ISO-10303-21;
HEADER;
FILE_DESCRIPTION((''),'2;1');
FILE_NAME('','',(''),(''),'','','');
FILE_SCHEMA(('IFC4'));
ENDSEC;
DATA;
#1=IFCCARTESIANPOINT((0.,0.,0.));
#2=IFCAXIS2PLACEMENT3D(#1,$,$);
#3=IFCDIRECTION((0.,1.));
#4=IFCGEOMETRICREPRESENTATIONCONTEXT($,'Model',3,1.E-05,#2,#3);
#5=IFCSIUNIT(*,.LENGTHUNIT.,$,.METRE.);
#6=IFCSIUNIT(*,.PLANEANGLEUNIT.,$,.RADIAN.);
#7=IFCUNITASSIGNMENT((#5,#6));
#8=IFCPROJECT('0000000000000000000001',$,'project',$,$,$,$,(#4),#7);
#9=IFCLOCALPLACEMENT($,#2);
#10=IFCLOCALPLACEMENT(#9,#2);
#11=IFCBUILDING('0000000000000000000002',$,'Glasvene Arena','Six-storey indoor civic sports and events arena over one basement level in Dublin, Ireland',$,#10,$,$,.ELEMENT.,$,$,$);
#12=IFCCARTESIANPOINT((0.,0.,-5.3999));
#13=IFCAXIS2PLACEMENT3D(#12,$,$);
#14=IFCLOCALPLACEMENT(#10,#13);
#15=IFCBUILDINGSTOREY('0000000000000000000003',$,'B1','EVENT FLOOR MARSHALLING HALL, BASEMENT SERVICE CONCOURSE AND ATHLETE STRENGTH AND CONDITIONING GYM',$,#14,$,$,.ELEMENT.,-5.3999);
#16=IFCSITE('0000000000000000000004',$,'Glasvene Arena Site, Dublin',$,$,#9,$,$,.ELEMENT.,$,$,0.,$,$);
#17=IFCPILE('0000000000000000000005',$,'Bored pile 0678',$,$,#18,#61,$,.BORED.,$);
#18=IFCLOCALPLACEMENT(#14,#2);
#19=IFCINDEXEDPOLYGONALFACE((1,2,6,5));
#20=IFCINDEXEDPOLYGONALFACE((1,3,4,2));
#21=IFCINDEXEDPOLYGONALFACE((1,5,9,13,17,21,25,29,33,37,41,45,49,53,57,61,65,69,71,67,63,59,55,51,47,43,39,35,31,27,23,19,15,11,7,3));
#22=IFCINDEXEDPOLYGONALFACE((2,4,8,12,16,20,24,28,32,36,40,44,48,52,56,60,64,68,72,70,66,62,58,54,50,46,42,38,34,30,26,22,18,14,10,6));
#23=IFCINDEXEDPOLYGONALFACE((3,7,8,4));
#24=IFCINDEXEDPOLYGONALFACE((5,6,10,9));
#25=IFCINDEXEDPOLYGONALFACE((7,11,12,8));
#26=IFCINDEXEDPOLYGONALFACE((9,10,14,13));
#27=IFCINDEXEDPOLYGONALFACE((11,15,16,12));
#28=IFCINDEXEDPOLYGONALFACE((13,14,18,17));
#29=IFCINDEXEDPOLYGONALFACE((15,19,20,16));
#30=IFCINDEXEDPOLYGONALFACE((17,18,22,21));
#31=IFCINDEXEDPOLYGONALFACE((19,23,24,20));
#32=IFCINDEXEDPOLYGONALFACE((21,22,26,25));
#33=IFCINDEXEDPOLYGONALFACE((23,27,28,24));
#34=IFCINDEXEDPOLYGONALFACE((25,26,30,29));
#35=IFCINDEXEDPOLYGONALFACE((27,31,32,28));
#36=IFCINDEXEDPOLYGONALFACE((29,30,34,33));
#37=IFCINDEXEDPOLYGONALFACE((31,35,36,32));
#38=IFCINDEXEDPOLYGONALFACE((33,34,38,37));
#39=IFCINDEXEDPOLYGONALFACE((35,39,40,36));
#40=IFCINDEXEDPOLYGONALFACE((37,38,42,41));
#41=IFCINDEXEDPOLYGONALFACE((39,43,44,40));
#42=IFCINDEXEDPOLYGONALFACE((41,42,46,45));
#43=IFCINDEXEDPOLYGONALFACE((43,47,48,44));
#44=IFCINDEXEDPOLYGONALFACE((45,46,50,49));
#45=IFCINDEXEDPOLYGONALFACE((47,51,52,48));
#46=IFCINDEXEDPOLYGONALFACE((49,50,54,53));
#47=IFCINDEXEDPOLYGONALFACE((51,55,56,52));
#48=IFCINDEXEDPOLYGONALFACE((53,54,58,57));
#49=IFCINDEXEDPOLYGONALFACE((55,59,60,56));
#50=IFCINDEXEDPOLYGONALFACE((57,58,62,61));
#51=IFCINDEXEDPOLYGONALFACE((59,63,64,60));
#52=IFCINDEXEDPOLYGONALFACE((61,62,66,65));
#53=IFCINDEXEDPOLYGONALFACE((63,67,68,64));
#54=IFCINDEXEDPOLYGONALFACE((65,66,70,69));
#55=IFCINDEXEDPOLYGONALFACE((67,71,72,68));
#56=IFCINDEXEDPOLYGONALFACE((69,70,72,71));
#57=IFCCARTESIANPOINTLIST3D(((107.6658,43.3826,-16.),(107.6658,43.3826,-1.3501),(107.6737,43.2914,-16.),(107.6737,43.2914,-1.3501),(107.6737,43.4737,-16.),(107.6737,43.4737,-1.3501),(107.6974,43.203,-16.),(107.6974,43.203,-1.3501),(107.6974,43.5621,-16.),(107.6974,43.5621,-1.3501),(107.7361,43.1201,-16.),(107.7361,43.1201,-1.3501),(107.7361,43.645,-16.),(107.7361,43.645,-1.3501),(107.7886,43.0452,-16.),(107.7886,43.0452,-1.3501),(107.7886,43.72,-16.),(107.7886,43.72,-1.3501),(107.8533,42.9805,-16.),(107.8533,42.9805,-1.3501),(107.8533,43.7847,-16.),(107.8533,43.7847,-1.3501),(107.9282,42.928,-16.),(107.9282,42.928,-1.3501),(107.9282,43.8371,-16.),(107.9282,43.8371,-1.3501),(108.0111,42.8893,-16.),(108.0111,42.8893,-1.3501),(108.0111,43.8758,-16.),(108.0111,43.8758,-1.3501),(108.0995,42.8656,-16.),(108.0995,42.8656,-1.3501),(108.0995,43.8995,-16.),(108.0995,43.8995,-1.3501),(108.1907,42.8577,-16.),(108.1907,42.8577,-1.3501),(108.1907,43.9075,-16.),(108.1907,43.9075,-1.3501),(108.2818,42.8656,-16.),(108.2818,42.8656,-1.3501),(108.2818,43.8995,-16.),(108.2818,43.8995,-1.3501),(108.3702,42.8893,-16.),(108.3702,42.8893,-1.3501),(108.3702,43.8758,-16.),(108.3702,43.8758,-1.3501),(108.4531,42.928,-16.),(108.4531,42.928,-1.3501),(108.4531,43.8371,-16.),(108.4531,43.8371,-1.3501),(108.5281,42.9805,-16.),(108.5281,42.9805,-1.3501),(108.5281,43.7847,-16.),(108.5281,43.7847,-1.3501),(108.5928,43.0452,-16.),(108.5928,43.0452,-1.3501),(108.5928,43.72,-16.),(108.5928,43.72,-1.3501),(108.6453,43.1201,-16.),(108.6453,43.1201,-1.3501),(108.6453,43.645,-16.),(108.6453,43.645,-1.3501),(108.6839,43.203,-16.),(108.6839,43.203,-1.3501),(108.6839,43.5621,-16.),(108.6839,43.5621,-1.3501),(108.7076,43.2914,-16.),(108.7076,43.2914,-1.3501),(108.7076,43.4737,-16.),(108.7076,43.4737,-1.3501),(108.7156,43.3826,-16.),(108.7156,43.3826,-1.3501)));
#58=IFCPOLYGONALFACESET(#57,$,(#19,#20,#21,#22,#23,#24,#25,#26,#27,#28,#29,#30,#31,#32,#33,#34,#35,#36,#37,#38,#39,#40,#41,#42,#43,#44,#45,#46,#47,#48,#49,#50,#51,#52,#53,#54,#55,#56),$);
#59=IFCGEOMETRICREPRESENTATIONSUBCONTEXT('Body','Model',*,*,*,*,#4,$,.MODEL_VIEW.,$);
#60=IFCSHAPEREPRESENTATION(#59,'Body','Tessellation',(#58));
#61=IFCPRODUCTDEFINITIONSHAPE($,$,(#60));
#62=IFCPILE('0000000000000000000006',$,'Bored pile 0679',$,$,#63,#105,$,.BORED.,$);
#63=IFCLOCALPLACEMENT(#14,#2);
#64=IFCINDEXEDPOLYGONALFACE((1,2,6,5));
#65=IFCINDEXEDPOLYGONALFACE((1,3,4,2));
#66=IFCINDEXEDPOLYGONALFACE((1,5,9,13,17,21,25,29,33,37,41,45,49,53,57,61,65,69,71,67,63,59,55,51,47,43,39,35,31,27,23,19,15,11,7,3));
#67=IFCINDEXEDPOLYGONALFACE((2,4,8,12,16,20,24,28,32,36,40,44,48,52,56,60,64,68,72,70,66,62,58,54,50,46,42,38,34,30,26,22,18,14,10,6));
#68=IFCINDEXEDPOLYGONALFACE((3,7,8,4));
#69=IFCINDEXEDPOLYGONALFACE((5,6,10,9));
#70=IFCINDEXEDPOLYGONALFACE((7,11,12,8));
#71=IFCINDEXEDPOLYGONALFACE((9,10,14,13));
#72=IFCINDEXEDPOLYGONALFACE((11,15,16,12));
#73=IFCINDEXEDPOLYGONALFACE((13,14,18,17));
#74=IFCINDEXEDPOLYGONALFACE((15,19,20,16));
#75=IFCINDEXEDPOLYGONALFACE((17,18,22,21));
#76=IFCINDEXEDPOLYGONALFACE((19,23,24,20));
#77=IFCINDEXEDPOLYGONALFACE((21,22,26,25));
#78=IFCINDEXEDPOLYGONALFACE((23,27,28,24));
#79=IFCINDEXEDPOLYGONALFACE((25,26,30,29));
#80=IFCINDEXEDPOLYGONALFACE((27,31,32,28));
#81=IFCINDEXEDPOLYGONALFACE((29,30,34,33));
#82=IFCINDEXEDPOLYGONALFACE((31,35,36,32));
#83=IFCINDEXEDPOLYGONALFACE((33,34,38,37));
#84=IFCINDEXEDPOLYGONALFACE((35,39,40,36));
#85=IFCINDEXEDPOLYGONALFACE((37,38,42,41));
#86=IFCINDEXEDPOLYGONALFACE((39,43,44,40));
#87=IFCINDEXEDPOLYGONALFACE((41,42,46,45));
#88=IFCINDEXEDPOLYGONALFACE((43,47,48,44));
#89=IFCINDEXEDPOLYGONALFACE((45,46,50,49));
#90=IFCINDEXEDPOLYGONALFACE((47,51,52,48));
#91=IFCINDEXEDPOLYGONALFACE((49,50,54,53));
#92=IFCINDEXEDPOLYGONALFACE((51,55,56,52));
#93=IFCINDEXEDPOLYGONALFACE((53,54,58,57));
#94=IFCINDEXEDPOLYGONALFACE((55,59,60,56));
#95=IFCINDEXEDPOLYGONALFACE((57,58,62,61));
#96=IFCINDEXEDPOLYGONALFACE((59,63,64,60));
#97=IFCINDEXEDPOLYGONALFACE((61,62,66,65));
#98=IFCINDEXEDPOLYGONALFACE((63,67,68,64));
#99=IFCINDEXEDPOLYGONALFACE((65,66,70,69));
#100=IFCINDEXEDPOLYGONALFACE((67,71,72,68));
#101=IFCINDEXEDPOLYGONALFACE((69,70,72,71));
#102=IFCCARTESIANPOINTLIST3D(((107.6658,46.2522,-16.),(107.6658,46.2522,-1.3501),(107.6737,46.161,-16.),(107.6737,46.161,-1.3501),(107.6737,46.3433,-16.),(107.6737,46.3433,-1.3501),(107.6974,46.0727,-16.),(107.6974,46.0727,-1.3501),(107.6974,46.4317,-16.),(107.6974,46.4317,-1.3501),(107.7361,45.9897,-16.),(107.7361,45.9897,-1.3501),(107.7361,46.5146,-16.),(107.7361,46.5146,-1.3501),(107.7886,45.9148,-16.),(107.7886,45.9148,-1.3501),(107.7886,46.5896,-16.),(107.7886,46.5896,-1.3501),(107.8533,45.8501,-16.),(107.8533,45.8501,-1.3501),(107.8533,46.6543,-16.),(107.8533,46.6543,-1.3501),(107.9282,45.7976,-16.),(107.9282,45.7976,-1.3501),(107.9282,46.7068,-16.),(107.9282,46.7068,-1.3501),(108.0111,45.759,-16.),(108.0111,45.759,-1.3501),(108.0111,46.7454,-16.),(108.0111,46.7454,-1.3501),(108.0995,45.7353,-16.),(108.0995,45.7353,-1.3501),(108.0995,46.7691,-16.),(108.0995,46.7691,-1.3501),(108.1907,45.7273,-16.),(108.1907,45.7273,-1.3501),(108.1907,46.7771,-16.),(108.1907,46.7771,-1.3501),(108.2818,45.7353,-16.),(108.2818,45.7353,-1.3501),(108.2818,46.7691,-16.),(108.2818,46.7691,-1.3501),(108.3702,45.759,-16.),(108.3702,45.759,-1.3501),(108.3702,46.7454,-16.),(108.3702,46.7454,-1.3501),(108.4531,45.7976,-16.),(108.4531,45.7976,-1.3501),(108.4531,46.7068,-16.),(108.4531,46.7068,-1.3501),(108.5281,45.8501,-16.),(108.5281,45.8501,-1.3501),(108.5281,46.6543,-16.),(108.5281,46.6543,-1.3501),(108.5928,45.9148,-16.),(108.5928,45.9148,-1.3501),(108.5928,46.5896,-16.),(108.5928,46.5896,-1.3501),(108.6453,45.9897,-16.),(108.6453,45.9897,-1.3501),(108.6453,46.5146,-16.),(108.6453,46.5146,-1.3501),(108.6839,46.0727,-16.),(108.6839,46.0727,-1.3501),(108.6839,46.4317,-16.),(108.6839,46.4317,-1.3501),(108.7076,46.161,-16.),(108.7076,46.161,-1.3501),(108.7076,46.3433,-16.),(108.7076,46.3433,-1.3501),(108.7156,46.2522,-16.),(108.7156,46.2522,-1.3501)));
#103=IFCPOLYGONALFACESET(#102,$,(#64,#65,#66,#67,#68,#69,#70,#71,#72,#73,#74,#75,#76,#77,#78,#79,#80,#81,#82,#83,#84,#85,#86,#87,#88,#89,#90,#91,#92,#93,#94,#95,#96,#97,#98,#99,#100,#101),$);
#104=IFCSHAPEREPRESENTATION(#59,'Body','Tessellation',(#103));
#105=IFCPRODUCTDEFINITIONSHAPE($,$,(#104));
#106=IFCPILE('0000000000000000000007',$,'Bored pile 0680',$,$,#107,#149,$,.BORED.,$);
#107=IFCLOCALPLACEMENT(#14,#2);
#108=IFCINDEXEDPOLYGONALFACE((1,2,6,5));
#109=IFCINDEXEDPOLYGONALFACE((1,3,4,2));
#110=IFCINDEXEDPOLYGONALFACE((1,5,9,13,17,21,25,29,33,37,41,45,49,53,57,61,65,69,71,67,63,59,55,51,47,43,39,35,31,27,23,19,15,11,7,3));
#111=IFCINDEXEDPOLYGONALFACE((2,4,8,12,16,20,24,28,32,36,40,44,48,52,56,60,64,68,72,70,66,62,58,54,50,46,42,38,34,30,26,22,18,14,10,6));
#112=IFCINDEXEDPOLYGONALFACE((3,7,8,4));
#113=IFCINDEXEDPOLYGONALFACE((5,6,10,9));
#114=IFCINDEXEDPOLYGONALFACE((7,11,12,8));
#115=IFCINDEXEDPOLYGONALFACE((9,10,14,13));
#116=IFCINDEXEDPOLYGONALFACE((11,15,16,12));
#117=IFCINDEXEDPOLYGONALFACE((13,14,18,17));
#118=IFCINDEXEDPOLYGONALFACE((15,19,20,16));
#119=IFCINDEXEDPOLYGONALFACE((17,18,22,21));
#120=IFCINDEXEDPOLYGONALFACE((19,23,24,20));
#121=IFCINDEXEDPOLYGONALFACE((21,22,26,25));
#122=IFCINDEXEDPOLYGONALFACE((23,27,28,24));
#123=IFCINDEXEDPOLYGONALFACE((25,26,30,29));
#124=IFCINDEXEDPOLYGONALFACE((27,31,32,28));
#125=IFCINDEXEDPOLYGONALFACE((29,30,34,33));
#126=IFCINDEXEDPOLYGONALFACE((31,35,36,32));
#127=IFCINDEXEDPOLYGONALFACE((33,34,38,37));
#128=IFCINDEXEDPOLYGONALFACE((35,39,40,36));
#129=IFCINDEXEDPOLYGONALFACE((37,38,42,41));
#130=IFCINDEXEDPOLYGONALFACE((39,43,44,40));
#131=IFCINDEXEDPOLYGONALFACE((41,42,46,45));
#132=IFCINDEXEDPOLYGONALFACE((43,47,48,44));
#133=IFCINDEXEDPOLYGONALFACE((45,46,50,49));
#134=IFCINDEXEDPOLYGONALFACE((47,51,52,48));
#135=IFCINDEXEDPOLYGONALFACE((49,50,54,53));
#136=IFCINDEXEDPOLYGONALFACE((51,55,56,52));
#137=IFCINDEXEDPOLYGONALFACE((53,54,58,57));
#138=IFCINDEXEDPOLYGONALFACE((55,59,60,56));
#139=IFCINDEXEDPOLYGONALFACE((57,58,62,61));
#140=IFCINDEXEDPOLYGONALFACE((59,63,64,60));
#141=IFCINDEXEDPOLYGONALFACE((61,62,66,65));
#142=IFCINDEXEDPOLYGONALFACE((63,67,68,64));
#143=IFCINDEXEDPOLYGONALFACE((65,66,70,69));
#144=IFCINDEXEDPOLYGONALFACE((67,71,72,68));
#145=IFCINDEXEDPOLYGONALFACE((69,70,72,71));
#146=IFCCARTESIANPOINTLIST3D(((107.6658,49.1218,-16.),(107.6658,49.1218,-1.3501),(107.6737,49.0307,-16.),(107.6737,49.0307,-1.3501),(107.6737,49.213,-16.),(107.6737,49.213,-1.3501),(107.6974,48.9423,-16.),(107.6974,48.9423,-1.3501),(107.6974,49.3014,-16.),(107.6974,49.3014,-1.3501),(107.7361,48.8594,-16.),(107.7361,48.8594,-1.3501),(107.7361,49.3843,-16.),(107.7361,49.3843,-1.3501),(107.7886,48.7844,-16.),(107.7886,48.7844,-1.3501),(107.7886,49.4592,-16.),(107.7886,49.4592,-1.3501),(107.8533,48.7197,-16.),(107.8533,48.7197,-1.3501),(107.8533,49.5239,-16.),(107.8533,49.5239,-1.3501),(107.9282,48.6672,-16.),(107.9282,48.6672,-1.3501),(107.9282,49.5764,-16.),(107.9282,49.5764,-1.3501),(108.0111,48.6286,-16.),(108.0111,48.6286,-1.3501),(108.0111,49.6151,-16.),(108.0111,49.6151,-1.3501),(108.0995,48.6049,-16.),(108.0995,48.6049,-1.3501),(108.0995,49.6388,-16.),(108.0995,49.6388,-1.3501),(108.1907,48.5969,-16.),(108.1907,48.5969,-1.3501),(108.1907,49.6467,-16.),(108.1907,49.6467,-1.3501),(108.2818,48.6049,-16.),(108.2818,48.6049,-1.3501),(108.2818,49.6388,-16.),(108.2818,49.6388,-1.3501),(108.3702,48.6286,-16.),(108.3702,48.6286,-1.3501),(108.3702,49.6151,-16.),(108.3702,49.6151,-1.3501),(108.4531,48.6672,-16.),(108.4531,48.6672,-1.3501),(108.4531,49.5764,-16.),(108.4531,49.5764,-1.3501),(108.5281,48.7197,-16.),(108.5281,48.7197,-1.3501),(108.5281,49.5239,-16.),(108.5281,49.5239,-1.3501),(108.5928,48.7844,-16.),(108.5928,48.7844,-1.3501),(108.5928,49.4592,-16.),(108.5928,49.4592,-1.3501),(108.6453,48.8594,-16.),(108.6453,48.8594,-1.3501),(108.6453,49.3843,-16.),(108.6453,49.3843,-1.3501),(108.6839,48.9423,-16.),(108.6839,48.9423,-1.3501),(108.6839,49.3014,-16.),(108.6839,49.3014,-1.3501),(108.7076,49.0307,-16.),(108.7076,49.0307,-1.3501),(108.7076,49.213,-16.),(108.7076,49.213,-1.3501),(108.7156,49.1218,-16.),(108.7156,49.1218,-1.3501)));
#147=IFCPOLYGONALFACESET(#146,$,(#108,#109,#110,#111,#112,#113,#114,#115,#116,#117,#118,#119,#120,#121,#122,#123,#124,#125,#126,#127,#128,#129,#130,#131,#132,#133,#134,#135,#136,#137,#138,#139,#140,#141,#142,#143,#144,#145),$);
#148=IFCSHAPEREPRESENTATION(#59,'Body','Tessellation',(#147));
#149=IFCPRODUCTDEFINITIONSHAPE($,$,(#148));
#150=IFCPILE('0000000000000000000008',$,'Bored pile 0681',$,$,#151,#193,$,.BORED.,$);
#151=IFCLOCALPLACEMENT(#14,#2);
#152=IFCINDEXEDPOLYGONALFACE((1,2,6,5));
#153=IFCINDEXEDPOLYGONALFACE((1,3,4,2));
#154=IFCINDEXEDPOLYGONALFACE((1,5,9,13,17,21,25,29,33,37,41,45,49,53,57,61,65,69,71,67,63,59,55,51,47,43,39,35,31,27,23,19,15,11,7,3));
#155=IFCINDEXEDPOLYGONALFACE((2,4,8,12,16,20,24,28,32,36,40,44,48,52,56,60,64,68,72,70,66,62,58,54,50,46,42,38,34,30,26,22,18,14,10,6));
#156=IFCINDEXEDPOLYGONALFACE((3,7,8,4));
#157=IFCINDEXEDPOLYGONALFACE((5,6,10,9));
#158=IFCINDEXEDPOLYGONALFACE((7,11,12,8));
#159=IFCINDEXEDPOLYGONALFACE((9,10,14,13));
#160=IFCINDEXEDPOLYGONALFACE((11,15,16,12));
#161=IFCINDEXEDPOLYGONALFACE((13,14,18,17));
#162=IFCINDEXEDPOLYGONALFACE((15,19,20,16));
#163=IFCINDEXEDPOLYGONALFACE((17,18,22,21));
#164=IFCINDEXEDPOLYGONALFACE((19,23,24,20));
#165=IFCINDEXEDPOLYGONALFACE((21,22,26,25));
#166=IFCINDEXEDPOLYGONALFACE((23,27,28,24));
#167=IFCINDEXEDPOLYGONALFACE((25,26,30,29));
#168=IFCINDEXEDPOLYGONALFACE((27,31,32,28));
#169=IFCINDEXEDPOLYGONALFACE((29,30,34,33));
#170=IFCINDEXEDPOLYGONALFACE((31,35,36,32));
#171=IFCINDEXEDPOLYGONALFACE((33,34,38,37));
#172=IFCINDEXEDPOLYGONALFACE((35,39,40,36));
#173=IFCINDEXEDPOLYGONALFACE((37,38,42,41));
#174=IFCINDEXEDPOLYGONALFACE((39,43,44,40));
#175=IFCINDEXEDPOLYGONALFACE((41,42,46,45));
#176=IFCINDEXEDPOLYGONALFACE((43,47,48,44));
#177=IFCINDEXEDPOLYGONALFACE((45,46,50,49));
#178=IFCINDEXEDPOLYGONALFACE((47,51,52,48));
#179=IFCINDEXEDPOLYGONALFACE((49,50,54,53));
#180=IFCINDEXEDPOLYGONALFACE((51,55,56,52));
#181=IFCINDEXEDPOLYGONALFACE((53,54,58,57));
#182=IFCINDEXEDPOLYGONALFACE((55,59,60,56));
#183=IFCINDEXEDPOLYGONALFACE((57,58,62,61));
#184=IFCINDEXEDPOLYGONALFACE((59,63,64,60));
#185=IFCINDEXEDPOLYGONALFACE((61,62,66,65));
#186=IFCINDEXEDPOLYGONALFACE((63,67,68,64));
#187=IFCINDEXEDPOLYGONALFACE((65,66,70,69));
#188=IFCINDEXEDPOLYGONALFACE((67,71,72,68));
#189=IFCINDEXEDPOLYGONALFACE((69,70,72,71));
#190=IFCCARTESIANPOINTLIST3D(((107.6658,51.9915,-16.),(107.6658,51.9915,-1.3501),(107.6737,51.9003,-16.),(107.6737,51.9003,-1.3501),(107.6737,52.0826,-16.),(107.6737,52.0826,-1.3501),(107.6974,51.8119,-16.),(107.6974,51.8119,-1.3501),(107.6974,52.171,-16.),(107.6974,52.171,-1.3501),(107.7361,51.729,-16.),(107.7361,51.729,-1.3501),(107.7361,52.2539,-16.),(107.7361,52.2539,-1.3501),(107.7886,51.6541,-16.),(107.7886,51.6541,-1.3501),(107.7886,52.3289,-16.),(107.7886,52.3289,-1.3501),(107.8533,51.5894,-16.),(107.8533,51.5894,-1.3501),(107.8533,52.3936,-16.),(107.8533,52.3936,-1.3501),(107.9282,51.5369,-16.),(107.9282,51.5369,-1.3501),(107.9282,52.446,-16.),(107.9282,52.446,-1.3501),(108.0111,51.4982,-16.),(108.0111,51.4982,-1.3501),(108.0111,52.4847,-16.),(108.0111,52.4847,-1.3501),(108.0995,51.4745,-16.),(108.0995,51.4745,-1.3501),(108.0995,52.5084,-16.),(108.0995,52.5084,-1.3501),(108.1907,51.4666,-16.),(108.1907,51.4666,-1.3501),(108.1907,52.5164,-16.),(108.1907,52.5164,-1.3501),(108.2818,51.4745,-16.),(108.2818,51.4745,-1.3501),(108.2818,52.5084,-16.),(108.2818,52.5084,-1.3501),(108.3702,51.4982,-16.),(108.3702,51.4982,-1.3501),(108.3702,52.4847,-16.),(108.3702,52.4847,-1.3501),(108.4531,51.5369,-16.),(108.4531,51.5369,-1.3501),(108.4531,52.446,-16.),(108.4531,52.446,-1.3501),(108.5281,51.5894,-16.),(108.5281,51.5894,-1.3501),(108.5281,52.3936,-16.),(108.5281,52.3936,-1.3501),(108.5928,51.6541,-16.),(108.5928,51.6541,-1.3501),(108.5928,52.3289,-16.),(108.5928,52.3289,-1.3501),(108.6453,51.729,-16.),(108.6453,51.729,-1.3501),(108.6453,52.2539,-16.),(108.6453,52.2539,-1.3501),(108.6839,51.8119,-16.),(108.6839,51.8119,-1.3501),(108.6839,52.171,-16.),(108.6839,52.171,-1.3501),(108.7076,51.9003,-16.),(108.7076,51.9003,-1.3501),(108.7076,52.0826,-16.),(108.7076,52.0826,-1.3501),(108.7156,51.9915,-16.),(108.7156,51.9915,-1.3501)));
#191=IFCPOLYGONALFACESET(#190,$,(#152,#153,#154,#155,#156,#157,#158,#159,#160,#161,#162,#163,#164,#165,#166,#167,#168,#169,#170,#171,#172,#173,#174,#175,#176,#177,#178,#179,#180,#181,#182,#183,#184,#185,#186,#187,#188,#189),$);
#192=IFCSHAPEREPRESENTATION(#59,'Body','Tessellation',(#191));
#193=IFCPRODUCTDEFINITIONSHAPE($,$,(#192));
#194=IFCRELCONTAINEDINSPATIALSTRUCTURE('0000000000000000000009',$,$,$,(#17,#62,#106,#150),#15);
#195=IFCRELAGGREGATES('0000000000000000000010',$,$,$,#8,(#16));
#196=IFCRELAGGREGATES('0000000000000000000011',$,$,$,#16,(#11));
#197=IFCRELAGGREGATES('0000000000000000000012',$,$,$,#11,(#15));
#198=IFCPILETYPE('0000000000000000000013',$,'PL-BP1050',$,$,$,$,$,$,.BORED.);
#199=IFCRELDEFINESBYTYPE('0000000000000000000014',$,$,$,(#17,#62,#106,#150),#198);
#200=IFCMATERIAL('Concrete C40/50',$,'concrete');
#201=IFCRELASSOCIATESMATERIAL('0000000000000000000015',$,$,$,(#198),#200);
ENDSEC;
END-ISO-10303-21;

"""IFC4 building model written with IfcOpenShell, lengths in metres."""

from ifc_helpers import new_model, si_unit, direction, frame, origin, origin_2d, place, context, subcontext, project, spatial, circle, extrude, material, material_profile, profile_set, type_object, element, save


model = new_model("IFC4")

# Units and contexts
model_context = context("Model", 3, precision=1e-05, world=origin(), true_north=direction((0.0, 1.0)))
body_context = subcontext(model_context, "Body", "Model", "MODEL_VIEW")
ifc_project = project(units=[si_unit("LENGTHUNIT", "METRE"), si_unit("PLANEANGLEUNIT", "RADIAN")], contexts=[model_context])

# Site, building, storey
site_placement = place(None, origin())
site = spatial("IfcSite", under=ifc_project, at=site_placement, Name="Glasvene Arena Site, Dublin", CompositionType="ELEMENT", RefElevation=0.0)
building_placement = place(site_placement, origin())
building = spatial("IfcBuilding", under=site, at=building_placement, Name="Glasvene Arena", Description="Six-storey indoor civic sports and events arena over one basement level in Dublin, Ireland", CompositionType="ELEMENT")
storey_placement = place(building_placement, frame((0.0, 0.0, -5.3999)))
storey = spatial("IfcBuildingStorey", under=building, at=storey_placement, Name="B1", Description="EVENT FLOOR MARSHALLING HALL, BASEMENT SERVICE CONCOURSE AND ATHLETE STRENGTH AND CONDITIONING GYM", CompositionType="ELEMENT", Elevation=-5.3999)

# Piles
ifc_material_1 = material(Name="Concrete C40/50", Category="concrete")
ifc_material_profile_1 = material_profile(ifc_material_1, circle(Radius=0.5249, at=origin_2d()), Name="BORED PILE 1050")
ifc_profile_set_1 = profile_set([ifc_material_profile_1], Name="Concrete C40/50")
pile_type = type_object("IfcPileType", Name="PL-BP1050", PredefinedType="BORED", material=ifc_profile_set_1)
for number, where, z_axis, x_axis, name in (
    (1, (108.1907, 43.3826, -1.3501), (0.0, 0.0, -1.0), (1.0, 0.0, 0.0), "Bored pile 0678"),
    (2, (108.1907, 46.2522, -1.3501), (0.0, 0.0, -1.0), (1.0, 0.0, 0.0), "Bored pile 0679"),
    (3, (108.1907, 49.1218, -1.3501), (0.0, 0.0, -1.0), (1.0, 0.0, 0.0), "Bored pile 0680"),
    (4, (108.1907, 51.9915, -1.3501), (0.0, 0.0, -1.0), (1.0, 0.0, 0.0), "Bored pile 0681"),
):
    element("IfcPile", number, at=place(storey_placement, frame(where, z_axis=z_axis, x_axis=x_axis)), inside=storey, type_object=pile_type, Name=name, PredefinedType="BORED", context=body_context, shape_type="SweptSolid", body=[
        extrude(circle(Radius=0.5249, at=origin_2d()), origin(), (0.0, 0.0, 1.0), 14.6499),
    ])

save(model, "model.ifc")
